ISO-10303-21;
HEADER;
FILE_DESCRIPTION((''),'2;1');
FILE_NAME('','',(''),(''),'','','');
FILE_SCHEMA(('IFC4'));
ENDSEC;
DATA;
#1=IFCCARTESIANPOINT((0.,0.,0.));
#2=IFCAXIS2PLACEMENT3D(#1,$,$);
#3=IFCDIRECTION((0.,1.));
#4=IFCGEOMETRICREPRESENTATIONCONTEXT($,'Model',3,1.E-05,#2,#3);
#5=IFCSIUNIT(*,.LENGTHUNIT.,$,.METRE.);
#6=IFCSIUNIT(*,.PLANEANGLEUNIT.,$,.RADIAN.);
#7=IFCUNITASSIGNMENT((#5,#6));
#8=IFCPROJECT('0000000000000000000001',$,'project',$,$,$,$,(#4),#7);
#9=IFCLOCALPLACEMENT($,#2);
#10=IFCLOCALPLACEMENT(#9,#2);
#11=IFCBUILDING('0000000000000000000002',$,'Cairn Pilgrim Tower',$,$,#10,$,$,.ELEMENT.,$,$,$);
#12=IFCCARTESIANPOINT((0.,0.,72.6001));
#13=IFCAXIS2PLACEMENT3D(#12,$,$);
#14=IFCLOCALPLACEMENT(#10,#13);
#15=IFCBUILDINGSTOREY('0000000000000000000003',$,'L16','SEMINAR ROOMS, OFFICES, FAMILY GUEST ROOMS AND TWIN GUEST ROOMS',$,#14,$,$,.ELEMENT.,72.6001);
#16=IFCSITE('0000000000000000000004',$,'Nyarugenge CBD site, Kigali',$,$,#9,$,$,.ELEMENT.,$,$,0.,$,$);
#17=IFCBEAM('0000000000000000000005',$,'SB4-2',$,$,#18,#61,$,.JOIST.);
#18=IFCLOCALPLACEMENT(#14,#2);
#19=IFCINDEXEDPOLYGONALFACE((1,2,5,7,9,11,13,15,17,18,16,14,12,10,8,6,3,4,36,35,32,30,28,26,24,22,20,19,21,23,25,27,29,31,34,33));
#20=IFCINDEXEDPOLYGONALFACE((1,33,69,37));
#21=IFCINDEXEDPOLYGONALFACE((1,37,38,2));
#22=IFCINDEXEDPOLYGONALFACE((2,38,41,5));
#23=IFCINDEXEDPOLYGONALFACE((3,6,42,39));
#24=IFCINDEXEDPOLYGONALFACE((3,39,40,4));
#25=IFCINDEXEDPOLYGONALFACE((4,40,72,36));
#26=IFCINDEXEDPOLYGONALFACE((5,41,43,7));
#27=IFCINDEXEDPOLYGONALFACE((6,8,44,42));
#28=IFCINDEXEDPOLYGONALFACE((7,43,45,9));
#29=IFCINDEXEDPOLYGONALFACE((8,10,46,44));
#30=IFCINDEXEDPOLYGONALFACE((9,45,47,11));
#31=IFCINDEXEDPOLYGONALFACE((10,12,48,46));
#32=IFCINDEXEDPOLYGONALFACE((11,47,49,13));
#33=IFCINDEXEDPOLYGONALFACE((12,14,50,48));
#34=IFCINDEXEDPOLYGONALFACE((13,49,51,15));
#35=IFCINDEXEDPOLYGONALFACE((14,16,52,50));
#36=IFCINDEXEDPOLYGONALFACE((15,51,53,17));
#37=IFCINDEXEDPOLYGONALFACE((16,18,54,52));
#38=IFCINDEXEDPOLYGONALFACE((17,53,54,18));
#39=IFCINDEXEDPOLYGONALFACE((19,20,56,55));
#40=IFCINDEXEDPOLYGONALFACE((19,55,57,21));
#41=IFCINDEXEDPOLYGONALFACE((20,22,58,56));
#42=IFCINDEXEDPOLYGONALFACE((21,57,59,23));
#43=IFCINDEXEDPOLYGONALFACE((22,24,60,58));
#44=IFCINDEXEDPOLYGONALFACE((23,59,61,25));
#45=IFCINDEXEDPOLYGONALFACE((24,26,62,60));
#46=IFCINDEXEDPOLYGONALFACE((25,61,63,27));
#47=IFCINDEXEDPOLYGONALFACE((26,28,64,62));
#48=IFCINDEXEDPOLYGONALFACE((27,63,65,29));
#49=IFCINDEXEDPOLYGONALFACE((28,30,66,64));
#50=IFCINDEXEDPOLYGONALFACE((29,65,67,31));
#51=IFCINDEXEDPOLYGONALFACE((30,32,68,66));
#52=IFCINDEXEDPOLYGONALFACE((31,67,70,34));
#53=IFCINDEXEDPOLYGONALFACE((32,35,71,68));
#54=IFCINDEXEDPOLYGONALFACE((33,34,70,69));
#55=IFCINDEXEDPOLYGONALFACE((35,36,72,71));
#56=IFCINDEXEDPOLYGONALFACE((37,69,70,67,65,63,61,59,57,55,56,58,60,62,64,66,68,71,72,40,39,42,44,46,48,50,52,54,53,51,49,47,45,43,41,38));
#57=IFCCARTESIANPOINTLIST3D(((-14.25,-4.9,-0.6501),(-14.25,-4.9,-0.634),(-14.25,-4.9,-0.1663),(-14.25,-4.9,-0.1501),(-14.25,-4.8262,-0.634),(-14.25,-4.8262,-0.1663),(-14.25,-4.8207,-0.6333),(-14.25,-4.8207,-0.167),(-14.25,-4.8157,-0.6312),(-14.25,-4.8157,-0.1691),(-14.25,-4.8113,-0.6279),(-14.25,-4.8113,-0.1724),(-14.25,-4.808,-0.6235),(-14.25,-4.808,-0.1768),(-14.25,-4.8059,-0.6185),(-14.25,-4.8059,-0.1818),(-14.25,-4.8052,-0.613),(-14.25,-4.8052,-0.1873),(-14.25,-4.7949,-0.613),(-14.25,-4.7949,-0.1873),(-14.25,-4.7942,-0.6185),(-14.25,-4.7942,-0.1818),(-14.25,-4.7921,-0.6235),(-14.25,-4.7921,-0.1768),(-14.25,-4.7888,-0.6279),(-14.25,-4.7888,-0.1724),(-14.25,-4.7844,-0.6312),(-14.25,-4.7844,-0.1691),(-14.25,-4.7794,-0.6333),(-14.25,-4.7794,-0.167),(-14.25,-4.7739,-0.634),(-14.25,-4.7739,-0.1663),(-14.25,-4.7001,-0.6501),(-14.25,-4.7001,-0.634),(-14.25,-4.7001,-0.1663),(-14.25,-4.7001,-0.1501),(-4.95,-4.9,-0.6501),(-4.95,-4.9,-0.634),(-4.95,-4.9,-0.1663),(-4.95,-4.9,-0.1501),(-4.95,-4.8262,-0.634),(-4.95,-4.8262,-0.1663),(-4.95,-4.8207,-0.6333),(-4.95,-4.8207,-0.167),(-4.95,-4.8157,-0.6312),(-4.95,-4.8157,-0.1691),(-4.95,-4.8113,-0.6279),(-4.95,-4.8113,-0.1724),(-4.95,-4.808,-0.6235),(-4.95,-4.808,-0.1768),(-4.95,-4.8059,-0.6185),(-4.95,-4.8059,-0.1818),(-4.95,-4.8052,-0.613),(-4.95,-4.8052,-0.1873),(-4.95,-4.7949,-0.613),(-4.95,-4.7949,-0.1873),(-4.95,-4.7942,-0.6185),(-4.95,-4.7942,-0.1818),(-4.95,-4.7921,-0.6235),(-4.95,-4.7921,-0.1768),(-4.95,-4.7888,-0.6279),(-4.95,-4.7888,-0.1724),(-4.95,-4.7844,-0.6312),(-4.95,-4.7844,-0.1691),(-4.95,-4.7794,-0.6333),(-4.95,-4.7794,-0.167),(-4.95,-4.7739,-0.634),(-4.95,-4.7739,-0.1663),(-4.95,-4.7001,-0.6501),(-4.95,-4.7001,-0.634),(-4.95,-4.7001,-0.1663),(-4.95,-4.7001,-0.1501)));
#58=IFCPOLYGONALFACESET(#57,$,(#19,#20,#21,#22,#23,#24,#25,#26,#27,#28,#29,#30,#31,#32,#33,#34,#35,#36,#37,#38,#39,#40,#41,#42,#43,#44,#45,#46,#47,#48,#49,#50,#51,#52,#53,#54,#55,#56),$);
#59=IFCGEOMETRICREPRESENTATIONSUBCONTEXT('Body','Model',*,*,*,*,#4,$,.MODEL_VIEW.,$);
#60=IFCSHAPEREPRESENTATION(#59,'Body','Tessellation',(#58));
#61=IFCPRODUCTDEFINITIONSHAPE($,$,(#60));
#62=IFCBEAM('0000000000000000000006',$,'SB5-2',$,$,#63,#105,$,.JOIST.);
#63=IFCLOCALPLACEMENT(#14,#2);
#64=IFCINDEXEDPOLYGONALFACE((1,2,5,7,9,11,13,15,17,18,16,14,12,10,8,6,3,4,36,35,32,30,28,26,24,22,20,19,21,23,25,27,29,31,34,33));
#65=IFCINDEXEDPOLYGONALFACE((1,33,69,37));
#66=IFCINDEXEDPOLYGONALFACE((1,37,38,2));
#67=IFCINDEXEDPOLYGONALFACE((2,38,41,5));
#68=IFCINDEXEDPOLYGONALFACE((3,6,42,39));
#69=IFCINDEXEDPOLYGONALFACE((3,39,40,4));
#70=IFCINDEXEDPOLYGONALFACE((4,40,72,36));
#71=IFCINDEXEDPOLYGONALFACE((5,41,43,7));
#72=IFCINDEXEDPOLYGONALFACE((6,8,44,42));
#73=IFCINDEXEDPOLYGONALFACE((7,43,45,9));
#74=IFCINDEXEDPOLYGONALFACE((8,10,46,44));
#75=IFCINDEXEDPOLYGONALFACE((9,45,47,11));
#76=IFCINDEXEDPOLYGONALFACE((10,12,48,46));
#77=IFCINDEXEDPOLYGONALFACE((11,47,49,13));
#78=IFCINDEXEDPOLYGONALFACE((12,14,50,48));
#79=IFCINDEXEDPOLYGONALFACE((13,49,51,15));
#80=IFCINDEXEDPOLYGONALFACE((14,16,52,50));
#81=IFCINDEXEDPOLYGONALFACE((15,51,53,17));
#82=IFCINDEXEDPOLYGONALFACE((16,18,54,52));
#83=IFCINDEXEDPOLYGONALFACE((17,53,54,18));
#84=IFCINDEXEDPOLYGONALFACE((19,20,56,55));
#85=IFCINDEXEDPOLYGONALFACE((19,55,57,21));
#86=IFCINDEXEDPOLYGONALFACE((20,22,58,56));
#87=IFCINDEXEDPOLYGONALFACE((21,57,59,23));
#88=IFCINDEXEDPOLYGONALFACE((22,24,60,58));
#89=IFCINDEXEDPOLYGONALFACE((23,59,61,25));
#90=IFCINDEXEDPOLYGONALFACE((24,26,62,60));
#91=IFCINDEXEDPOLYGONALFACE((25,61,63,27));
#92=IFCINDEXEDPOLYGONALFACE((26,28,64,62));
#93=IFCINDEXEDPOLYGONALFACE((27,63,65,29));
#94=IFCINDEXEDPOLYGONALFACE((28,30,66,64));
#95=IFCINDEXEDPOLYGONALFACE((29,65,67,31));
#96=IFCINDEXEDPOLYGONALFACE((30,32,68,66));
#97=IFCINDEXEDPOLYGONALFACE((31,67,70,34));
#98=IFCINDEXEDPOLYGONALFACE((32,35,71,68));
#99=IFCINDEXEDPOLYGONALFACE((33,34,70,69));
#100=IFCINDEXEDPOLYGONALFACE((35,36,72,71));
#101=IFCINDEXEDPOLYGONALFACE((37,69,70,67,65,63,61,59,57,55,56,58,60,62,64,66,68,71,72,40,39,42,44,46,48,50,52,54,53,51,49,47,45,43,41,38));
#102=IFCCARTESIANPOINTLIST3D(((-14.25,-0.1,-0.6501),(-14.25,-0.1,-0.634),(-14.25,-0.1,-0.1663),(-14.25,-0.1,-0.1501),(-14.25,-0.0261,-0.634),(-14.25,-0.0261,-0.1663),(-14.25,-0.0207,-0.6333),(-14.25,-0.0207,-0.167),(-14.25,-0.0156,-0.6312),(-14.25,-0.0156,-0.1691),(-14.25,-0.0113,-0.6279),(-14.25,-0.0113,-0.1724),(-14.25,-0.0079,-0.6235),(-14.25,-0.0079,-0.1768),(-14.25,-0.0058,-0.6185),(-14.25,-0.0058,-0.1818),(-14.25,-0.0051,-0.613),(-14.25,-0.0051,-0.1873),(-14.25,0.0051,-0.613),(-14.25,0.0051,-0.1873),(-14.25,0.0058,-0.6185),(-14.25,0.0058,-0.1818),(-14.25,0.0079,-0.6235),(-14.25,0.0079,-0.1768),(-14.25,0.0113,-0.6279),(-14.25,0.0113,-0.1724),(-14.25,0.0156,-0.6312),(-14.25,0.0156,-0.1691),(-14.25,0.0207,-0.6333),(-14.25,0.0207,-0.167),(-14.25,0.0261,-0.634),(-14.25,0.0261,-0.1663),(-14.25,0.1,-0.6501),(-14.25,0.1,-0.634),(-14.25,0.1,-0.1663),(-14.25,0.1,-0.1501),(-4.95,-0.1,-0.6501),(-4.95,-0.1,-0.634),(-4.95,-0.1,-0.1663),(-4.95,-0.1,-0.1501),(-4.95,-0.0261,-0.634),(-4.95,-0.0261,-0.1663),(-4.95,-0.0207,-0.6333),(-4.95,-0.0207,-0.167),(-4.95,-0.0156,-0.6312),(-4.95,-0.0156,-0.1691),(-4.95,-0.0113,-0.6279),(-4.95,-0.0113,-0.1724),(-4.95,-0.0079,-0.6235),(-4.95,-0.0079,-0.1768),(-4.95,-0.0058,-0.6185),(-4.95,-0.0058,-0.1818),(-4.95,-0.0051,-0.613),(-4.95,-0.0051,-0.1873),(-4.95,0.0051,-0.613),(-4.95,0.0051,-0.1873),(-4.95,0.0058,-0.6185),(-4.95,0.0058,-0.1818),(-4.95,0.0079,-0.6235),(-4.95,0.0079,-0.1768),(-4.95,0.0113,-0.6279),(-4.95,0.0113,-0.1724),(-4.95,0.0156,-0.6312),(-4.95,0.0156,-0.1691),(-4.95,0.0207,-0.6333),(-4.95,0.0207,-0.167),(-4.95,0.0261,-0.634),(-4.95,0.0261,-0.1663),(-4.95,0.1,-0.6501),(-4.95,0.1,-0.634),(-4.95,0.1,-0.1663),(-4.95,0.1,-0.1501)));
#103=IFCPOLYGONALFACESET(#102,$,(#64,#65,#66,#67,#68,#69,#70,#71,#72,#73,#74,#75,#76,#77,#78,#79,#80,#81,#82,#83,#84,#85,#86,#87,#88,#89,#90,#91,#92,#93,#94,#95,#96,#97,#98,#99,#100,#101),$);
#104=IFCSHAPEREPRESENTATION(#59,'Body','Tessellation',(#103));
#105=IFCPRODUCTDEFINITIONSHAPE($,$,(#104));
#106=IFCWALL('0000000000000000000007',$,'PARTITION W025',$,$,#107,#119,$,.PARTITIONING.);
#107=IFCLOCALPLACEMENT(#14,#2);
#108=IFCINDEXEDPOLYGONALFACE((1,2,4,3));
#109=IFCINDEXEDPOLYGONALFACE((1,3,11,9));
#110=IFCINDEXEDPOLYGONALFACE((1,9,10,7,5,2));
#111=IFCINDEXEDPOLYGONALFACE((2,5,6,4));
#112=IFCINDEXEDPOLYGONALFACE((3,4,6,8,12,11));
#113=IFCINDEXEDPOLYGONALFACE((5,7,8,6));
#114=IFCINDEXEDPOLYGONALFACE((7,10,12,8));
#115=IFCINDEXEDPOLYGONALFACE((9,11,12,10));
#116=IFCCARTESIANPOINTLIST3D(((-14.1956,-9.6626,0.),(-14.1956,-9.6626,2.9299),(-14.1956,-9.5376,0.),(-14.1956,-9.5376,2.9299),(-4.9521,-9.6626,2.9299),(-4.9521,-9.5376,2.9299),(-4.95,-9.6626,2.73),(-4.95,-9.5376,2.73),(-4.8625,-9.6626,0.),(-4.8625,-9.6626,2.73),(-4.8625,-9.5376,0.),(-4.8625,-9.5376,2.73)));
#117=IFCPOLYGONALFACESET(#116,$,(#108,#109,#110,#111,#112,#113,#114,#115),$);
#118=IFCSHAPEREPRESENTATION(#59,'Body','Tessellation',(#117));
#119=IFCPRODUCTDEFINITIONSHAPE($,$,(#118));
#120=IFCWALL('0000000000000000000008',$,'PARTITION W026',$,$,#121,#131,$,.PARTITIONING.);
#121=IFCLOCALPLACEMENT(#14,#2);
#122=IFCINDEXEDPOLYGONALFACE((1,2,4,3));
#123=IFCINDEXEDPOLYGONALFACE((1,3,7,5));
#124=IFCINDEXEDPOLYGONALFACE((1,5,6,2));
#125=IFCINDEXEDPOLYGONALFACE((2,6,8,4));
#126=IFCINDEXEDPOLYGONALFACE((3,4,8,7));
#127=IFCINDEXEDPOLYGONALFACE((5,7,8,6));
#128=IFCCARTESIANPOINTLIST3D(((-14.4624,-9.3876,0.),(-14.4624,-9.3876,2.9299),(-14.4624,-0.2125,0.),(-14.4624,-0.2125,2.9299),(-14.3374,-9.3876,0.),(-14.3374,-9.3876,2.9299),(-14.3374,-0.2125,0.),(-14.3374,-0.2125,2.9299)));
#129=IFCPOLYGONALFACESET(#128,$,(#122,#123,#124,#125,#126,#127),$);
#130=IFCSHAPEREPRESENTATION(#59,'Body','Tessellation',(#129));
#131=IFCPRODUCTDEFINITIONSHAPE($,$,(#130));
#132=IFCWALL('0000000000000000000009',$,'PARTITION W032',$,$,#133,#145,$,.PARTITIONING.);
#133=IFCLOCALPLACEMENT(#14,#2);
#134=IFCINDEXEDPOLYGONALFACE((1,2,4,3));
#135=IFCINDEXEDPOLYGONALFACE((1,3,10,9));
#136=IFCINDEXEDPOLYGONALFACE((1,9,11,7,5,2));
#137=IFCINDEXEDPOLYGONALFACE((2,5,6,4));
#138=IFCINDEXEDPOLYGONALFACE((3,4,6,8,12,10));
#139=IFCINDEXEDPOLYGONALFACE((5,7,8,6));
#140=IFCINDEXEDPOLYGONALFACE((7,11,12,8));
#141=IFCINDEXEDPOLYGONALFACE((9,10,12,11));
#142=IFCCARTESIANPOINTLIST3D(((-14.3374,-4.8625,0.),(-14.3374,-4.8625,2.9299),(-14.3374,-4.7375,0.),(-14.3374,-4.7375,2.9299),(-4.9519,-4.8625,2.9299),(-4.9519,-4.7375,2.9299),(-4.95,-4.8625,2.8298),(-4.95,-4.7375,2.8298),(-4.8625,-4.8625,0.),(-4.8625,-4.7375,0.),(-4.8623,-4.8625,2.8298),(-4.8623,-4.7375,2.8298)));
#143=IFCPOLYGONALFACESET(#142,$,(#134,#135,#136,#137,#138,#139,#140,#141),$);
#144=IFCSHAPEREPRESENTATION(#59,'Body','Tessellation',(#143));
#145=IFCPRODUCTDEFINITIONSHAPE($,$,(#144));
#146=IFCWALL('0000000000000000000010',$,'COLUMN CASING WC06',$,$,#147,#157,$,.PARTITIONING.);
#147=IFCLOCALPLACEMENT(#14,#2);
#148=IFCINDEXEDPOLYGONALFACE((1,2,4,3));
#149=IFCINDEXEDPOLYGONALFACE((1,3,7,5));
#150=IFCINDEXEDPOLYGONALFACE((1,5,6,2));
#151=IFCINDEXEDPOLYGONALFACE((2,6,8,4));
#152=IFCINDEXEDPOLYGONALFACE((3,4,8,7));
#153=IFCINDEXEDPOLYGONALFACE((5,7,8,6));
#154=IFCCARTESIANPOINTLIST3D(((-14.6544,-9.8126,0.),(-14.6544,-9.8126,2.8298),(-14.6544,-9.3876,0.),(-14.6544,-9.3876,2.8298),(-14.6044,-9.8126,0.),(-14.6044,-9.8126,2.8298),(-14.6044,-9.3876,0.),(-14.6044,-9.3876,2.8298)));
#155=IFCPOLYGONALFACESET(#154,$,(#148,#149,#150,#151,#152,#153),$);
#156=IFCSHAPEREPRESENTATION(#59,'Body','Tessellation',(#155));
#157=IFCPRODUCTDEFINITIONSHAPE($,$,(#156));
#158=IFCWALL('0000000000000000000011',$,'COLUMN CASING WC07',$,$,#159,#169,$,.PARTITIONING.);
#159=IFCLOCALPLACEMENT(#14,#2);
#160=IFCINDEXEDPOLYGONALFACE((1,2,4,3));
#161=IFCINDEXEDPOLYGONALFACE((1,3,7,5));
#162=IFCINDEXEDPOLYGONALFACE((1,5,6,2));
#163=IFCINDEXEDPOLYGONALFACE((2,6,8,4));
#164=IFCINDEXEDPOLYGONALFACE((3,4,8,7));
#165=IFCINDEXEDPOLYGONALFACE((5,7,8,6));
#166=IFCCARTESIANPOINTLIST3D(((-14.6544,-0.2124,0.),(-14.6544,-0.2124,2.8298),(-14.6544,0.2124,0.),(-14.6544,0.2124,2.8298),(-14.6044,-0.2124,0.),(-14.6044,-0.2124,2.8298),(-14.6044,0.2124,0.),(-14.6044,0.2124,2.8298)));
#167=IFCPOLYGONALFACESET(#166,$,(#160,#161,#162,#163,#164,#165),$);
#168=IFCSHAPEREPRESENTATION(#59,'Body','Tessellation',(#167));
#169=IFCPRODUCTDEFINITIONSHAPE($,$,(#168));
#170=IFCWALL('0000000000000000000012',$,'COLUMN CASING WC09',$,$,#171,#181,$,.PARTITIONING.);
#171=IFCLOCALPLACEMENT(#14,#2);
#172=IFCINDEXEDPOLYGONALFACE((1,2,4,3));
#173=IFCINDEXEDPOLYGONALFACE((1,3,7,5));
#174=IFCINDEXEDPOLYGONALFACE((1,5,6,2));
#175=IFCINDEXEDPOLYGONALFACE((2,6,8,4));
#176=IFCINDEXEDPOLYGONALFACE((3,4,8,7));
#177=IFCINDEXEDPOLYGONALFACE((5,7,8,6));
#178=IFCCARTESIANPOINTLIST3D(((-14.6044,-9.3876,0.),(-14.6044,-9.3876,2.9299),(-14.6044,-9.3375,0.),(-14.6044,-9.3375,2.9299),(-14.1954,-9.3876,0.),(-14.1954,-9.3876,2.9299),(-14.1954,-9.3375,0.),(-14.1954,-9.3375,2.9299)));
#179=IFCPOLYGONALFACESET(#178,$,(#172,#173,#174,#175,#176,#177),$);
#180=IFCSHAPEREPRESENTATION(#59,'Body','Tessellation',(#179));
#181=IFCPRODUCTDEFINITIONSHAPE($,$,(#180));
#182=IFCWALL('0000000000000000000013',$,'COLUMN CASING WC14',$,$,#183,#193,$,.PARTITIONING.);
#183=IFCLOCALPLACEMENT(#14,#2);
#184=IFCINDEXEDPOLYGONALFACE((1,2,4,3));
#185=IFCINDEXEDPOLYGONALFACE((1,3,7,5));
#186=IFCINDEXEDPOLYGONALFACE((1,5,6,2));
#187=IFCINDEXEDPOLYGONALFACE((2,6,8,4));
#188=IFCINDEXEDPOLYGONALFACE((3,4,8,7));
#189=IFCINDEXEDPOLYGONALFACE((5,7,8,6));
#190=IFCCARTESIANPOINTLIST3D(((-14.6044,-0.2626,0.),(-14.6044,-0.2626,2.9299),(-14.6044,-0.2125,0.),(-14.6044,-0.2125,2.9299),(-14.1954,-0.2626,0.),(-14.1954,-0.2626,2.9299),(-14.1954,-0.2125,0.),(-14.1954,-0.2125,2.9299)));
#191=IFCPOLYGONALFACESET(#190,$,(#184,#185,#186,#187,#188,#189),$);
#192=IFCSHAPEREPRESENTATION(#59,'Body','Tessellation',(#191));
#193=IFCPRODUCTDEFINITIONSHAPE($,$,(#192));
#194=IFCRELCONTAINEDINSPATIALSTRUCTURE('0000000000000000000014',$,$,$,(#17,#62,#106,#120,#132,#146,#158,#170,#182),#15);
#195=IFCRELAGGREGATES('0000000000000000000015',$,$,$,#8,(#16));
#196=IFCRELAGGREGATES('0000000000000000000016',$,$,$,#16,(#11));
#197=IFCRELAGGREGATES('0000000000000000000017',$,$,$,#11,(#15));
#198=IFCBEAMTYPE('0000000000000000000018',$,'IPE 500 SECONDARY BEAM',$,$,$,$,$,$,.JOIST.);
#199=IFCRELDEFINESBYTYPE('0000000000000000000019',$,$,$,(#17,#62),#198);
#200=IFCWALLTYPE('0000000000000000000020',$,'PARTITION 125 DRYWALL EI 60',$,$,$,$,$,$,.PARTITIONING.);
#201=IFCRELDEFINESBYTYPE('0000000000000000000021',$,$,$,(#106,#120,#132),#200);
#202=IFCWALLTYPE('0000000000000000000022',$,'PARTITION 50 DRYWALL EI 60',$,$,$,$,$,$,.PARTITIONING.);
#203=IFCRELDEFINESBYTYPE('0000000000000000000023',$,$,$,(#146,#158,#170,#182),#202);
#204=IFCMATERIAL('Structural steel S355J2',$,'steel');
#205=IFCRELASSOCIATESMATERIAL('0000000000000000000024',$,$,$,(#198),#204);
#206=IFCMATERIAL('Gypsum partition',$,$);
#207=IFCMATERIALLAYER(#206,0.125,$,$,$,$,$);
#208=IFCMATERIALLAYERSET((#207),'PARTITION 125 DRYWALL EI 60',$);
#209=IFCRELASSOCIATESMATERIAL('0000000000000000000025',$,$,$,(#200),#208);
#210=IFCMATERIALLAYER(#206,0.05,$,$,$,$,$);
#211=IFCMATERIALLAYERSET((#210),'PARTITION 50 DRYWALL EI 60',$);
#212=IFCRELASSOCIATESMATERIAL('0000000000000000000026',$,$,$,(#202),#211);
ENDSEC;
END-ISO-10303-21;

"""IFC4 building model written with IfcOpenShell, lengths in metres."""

from ifc_helpers import new_model, si_unit, direction, frame, frame_2d, origin, origin_2d, place, context, subcontext, project, spatial, polyline, rectangle, i_section, outline, extrude, material, layer, layer_set, material_profile, profile_set, type_object, element, save


model = new_model("IFC4")

# Units and contexts
model_context = context("Model", 3, precision=1e-05, world=origin(), true_north=direction((0.0, 1.0)))
body_context = subcontext(model_context, "Body", "Model", "MODEL_VIEW")
ifc_project = project(units=[si_unit("LENGTHUNIT", "METRE"), si_unit("PLANEANGLEUNIT", "RADIAN")], contexts=[model_context])

# Site, building, storey
site_placement = place(None, origin())
site = spatial("IfcSite", under=ifc_project, at=site_placement, Name="Nyarugenge CBD site, Kigali", CompositionType="ELEMENT", RefElevation=0.0)
building_placement = place(site_placement, origin())
building = spatial("IfcBuilding", under=site, at=building_placement, Name="Cairn Pilgrim Tower", CompositionType="ELEMENT")
storey_placement = place(building_placement, frame((0.0, 0.0, 72.6001)))
storey = spatial("IfcBuildingStorey", under=building, at=storey_placement, Name="L16", Description="SEMINAR ROOMS, OFFICES, FAMILY GUEST ROOMS AND TWIN GUEST ROOMS", CompositionType="ELEMENT", Elevation=72.6001)

# Beams
ifc_material_1 = material(Name="Structural steel S355J2", Category="steel")
ifc_material_profile_1 = material_profile(ifc_material_1, i_section(OverallWidth=0.2, OverallDepth=0.5, WebThickness=0.0103, FlangeThickness=0.0161, FilletRadius=0.021, at=origin_2d()), Name="IPE 500")
ifc_profile_set_1 = profile_set([ifc_material_profile_1], Name="Structural steel S355J2")
beam_type_1 = type_object("IfcBeamType", Name="IPE 500 SECONDARY BEAM", PredefinedType="JOIST", material=ifc_profile_set_1)
for number, where, z_axis, x_axis, name in (
    (1, (-14.25, -4.8, -0.4001), (1.0, 0.0, 0.0), (0.0, 1.0, 0.0), "SB4-2"),
    (2, (-14.25, 0.0, -0.4001), (1.0, 0.0, 0.0), (0.0, 1.0, 0.0), "SB5-2"),
):
    element("IfcBeam", number, at=place(storey_placement, frame(where, z_axis=z_axis, x_axis=x_axis)), inside=storey, type_object=beam_type_1, Name=name, PredefinedType="JOIST", context=body_context, shape_type="SweptSolid", body=[
        extrude(i_section(OverallWidth=0.2, OverallDepth=0.5, WebThickness=0.0103, FlangeThickness=0.0161, FilletRadius=0.021, at=origin_2d()), origin(), (0.0, 0.0, 1.0), 9.3),
    ])

# Walls
ifc_material_2 = material(Name="Gypsum partition")
ifc_layer_1 = layer(ifc_material_2, 0.125)
ifc_layer_set_1 = layer_set([ifc_layer_1], Name="PARTITION 125 DRYWALL EI 60")
wall_type_1 = type_object("IfcWallType", Name="PARTITION 125 DRYWALL EI 60", PredefinedType="PARTITIONING", material=ifc_layer_set_1)
wall_1_placement = place(storey_placement, frame((-14.1956, -9.6001, 0.0), z_axis=(0.0, 0.0, 1.0), x_axis=(1.0, 0.0, 0.0)))
element("IfcWall", 3, at=wall_1_placement, inside=storey, type_object=wall_type_1, Name="PARTITION W025", PredefinedType="PARTITIONING", context=body_context, shape_type="SweptSolid", body=[
    extrude(outline(polyline([(0.0, 0.0), (9.333, 0.0), (9.333, 2.73), (9.2456, 2.73), (9.2434, 2.9299), (0.0, 2.9299), (0.0, 0.0)])), frame((0.0, 0.0625, 0.0), z_axis=(0.0, -1.0, 0.0), x_axis=(1.0, 0.0, 0.0)), (0.0, 0.0, 1.0), 0.125),
])
wall_2_placement = place(storey_placement, frame((-14.3999, -9.3875, 0.0), z_axis=(0.0, 0.0, 1.0), x_axis=(0.0, 1.0, 0.0)))
element("IfcWall", 4, at=wall_2_placement, inside=storey, type_object=wall_type_1, Name="PARTITION W026", PredefinedType="PARTITIONING", context=body_context, shape_type="SweptSolid", body=[
    extrude(rectangle(XDim=9.175, YDim=0.125, at=frame_2d((4.5874, 0.0))), origin(), (0.0, 0.0, 1.0), 2.9299),
])
wall_3_placement = place(storey_placement, frame((-14.3374, -4.8, 0.0), z_axis=(0.0, 0.0, 1.0), x_axis=(1.0, 0.0, 0.0)))
element("IfcWall", 5, at=wall_3_placement, inside=storey, type_object=wall_type_1, Name="PARTITION W032", PredefinedType="PARTITIONING", context=body_context, shape_type="SweptSolid", body=[
    extrude(outline(polyline([(0.0, 0.0), (9.4749, 0.0), (9.4751, 2.8298), (9.3875, 2.8298), (9.3855, 2.9299), (0.0, 2.9299), (0.0, 0.0)])), frame((0.0, 0.0625, 0.0), z_axis=(0.0, -1.0, 0.0), x_axis=(1.0, 0.0, 0.0)), (0.0, 0.0, 1.0), 0.125),
])
ifc_layer_2 = layer(ifc_material_2, 0.05)
ifc_layer_set_2 = layer_set([ifc_layer_2], Name="PARTITION 50 DRYWALL EI 60")
wall_type_2 = type_object("IfcWallType", Name="PARTITION 50 DRYWALL EI 60", PredefinedType="PARTITIONING", material=ifc_layer_set_2)
wall_4_placement = place(storey_placement, frame((-14.6294, -9.8125, 0.0), z_axis=(0.0, 0.0, 1.0), x_axis=(0.0, 1.0, 0.0)))
element("IfcWall", 6, at=wall_4_placement, inside=storey, type_object=wall_type_2, Name="COLUMN CASING WC06", PredefinedType="PARTITIONING", context=body_context, shape_type="SweptSolid", body=[
    extrude(rectangle(XDim=0.425, YDim=0.05, at=frame_2d((0.2124, 0.0))), origin(), (0.0, 0.0, 1.0), 2.8298),
])
wall_5_placement = place(storey_placement, frame((-14.6294, -0.2124, 0.0), z_axis=(0.0, 0.0, 1.0), x_axis=(0.0, 1.0, 0.0)))
element("IfcWall", 7, at=wall_5_placement, inside=storey, type_object=wall_type_2, Name="COLUMN CASING WC07", PredefinedType="PARTITIONING", context=body_context, shape_type="SweptSolid", body=[
    extrude(rectangle(XDim=0.4248, YDim=0.05, at=frame_2d((0.2124, 0.0))), origin(), (0.0, 0.0, 1.0), 2.8298),
])
for number, where, z_axis, x_axis, name in (
    (8, (-14.6045, -9.3625, 0.0), (0.0, 0.0, 1.0), (1.0, 0.0, 0.0), "COLUMN CASING WC09"),
    (9, (-14.6045, -0.2375, 0.0), (0.0, 0.0, 1.0), (1.0, 0.0, 0.0), "COLUMN CASING WC14"),
):
    element("IfcWall", number, at=place(storey_placement, frame(where, z_axis=z_axis, x_axis=x_axis)), inside=storey, type_object=wall_type_2, Name=name, PredefinedType="PARTITIONING", context=body_context, shape_type="SweptSolid", body=[
        extrude(rectangle(XDim=0.4089, YDim=0.05, at=frame_2d((0.2046, 0.0))), origin(), (0.0, 0.0, 1.0), 2.9299),
    ])

save(model, "model.ifc")
